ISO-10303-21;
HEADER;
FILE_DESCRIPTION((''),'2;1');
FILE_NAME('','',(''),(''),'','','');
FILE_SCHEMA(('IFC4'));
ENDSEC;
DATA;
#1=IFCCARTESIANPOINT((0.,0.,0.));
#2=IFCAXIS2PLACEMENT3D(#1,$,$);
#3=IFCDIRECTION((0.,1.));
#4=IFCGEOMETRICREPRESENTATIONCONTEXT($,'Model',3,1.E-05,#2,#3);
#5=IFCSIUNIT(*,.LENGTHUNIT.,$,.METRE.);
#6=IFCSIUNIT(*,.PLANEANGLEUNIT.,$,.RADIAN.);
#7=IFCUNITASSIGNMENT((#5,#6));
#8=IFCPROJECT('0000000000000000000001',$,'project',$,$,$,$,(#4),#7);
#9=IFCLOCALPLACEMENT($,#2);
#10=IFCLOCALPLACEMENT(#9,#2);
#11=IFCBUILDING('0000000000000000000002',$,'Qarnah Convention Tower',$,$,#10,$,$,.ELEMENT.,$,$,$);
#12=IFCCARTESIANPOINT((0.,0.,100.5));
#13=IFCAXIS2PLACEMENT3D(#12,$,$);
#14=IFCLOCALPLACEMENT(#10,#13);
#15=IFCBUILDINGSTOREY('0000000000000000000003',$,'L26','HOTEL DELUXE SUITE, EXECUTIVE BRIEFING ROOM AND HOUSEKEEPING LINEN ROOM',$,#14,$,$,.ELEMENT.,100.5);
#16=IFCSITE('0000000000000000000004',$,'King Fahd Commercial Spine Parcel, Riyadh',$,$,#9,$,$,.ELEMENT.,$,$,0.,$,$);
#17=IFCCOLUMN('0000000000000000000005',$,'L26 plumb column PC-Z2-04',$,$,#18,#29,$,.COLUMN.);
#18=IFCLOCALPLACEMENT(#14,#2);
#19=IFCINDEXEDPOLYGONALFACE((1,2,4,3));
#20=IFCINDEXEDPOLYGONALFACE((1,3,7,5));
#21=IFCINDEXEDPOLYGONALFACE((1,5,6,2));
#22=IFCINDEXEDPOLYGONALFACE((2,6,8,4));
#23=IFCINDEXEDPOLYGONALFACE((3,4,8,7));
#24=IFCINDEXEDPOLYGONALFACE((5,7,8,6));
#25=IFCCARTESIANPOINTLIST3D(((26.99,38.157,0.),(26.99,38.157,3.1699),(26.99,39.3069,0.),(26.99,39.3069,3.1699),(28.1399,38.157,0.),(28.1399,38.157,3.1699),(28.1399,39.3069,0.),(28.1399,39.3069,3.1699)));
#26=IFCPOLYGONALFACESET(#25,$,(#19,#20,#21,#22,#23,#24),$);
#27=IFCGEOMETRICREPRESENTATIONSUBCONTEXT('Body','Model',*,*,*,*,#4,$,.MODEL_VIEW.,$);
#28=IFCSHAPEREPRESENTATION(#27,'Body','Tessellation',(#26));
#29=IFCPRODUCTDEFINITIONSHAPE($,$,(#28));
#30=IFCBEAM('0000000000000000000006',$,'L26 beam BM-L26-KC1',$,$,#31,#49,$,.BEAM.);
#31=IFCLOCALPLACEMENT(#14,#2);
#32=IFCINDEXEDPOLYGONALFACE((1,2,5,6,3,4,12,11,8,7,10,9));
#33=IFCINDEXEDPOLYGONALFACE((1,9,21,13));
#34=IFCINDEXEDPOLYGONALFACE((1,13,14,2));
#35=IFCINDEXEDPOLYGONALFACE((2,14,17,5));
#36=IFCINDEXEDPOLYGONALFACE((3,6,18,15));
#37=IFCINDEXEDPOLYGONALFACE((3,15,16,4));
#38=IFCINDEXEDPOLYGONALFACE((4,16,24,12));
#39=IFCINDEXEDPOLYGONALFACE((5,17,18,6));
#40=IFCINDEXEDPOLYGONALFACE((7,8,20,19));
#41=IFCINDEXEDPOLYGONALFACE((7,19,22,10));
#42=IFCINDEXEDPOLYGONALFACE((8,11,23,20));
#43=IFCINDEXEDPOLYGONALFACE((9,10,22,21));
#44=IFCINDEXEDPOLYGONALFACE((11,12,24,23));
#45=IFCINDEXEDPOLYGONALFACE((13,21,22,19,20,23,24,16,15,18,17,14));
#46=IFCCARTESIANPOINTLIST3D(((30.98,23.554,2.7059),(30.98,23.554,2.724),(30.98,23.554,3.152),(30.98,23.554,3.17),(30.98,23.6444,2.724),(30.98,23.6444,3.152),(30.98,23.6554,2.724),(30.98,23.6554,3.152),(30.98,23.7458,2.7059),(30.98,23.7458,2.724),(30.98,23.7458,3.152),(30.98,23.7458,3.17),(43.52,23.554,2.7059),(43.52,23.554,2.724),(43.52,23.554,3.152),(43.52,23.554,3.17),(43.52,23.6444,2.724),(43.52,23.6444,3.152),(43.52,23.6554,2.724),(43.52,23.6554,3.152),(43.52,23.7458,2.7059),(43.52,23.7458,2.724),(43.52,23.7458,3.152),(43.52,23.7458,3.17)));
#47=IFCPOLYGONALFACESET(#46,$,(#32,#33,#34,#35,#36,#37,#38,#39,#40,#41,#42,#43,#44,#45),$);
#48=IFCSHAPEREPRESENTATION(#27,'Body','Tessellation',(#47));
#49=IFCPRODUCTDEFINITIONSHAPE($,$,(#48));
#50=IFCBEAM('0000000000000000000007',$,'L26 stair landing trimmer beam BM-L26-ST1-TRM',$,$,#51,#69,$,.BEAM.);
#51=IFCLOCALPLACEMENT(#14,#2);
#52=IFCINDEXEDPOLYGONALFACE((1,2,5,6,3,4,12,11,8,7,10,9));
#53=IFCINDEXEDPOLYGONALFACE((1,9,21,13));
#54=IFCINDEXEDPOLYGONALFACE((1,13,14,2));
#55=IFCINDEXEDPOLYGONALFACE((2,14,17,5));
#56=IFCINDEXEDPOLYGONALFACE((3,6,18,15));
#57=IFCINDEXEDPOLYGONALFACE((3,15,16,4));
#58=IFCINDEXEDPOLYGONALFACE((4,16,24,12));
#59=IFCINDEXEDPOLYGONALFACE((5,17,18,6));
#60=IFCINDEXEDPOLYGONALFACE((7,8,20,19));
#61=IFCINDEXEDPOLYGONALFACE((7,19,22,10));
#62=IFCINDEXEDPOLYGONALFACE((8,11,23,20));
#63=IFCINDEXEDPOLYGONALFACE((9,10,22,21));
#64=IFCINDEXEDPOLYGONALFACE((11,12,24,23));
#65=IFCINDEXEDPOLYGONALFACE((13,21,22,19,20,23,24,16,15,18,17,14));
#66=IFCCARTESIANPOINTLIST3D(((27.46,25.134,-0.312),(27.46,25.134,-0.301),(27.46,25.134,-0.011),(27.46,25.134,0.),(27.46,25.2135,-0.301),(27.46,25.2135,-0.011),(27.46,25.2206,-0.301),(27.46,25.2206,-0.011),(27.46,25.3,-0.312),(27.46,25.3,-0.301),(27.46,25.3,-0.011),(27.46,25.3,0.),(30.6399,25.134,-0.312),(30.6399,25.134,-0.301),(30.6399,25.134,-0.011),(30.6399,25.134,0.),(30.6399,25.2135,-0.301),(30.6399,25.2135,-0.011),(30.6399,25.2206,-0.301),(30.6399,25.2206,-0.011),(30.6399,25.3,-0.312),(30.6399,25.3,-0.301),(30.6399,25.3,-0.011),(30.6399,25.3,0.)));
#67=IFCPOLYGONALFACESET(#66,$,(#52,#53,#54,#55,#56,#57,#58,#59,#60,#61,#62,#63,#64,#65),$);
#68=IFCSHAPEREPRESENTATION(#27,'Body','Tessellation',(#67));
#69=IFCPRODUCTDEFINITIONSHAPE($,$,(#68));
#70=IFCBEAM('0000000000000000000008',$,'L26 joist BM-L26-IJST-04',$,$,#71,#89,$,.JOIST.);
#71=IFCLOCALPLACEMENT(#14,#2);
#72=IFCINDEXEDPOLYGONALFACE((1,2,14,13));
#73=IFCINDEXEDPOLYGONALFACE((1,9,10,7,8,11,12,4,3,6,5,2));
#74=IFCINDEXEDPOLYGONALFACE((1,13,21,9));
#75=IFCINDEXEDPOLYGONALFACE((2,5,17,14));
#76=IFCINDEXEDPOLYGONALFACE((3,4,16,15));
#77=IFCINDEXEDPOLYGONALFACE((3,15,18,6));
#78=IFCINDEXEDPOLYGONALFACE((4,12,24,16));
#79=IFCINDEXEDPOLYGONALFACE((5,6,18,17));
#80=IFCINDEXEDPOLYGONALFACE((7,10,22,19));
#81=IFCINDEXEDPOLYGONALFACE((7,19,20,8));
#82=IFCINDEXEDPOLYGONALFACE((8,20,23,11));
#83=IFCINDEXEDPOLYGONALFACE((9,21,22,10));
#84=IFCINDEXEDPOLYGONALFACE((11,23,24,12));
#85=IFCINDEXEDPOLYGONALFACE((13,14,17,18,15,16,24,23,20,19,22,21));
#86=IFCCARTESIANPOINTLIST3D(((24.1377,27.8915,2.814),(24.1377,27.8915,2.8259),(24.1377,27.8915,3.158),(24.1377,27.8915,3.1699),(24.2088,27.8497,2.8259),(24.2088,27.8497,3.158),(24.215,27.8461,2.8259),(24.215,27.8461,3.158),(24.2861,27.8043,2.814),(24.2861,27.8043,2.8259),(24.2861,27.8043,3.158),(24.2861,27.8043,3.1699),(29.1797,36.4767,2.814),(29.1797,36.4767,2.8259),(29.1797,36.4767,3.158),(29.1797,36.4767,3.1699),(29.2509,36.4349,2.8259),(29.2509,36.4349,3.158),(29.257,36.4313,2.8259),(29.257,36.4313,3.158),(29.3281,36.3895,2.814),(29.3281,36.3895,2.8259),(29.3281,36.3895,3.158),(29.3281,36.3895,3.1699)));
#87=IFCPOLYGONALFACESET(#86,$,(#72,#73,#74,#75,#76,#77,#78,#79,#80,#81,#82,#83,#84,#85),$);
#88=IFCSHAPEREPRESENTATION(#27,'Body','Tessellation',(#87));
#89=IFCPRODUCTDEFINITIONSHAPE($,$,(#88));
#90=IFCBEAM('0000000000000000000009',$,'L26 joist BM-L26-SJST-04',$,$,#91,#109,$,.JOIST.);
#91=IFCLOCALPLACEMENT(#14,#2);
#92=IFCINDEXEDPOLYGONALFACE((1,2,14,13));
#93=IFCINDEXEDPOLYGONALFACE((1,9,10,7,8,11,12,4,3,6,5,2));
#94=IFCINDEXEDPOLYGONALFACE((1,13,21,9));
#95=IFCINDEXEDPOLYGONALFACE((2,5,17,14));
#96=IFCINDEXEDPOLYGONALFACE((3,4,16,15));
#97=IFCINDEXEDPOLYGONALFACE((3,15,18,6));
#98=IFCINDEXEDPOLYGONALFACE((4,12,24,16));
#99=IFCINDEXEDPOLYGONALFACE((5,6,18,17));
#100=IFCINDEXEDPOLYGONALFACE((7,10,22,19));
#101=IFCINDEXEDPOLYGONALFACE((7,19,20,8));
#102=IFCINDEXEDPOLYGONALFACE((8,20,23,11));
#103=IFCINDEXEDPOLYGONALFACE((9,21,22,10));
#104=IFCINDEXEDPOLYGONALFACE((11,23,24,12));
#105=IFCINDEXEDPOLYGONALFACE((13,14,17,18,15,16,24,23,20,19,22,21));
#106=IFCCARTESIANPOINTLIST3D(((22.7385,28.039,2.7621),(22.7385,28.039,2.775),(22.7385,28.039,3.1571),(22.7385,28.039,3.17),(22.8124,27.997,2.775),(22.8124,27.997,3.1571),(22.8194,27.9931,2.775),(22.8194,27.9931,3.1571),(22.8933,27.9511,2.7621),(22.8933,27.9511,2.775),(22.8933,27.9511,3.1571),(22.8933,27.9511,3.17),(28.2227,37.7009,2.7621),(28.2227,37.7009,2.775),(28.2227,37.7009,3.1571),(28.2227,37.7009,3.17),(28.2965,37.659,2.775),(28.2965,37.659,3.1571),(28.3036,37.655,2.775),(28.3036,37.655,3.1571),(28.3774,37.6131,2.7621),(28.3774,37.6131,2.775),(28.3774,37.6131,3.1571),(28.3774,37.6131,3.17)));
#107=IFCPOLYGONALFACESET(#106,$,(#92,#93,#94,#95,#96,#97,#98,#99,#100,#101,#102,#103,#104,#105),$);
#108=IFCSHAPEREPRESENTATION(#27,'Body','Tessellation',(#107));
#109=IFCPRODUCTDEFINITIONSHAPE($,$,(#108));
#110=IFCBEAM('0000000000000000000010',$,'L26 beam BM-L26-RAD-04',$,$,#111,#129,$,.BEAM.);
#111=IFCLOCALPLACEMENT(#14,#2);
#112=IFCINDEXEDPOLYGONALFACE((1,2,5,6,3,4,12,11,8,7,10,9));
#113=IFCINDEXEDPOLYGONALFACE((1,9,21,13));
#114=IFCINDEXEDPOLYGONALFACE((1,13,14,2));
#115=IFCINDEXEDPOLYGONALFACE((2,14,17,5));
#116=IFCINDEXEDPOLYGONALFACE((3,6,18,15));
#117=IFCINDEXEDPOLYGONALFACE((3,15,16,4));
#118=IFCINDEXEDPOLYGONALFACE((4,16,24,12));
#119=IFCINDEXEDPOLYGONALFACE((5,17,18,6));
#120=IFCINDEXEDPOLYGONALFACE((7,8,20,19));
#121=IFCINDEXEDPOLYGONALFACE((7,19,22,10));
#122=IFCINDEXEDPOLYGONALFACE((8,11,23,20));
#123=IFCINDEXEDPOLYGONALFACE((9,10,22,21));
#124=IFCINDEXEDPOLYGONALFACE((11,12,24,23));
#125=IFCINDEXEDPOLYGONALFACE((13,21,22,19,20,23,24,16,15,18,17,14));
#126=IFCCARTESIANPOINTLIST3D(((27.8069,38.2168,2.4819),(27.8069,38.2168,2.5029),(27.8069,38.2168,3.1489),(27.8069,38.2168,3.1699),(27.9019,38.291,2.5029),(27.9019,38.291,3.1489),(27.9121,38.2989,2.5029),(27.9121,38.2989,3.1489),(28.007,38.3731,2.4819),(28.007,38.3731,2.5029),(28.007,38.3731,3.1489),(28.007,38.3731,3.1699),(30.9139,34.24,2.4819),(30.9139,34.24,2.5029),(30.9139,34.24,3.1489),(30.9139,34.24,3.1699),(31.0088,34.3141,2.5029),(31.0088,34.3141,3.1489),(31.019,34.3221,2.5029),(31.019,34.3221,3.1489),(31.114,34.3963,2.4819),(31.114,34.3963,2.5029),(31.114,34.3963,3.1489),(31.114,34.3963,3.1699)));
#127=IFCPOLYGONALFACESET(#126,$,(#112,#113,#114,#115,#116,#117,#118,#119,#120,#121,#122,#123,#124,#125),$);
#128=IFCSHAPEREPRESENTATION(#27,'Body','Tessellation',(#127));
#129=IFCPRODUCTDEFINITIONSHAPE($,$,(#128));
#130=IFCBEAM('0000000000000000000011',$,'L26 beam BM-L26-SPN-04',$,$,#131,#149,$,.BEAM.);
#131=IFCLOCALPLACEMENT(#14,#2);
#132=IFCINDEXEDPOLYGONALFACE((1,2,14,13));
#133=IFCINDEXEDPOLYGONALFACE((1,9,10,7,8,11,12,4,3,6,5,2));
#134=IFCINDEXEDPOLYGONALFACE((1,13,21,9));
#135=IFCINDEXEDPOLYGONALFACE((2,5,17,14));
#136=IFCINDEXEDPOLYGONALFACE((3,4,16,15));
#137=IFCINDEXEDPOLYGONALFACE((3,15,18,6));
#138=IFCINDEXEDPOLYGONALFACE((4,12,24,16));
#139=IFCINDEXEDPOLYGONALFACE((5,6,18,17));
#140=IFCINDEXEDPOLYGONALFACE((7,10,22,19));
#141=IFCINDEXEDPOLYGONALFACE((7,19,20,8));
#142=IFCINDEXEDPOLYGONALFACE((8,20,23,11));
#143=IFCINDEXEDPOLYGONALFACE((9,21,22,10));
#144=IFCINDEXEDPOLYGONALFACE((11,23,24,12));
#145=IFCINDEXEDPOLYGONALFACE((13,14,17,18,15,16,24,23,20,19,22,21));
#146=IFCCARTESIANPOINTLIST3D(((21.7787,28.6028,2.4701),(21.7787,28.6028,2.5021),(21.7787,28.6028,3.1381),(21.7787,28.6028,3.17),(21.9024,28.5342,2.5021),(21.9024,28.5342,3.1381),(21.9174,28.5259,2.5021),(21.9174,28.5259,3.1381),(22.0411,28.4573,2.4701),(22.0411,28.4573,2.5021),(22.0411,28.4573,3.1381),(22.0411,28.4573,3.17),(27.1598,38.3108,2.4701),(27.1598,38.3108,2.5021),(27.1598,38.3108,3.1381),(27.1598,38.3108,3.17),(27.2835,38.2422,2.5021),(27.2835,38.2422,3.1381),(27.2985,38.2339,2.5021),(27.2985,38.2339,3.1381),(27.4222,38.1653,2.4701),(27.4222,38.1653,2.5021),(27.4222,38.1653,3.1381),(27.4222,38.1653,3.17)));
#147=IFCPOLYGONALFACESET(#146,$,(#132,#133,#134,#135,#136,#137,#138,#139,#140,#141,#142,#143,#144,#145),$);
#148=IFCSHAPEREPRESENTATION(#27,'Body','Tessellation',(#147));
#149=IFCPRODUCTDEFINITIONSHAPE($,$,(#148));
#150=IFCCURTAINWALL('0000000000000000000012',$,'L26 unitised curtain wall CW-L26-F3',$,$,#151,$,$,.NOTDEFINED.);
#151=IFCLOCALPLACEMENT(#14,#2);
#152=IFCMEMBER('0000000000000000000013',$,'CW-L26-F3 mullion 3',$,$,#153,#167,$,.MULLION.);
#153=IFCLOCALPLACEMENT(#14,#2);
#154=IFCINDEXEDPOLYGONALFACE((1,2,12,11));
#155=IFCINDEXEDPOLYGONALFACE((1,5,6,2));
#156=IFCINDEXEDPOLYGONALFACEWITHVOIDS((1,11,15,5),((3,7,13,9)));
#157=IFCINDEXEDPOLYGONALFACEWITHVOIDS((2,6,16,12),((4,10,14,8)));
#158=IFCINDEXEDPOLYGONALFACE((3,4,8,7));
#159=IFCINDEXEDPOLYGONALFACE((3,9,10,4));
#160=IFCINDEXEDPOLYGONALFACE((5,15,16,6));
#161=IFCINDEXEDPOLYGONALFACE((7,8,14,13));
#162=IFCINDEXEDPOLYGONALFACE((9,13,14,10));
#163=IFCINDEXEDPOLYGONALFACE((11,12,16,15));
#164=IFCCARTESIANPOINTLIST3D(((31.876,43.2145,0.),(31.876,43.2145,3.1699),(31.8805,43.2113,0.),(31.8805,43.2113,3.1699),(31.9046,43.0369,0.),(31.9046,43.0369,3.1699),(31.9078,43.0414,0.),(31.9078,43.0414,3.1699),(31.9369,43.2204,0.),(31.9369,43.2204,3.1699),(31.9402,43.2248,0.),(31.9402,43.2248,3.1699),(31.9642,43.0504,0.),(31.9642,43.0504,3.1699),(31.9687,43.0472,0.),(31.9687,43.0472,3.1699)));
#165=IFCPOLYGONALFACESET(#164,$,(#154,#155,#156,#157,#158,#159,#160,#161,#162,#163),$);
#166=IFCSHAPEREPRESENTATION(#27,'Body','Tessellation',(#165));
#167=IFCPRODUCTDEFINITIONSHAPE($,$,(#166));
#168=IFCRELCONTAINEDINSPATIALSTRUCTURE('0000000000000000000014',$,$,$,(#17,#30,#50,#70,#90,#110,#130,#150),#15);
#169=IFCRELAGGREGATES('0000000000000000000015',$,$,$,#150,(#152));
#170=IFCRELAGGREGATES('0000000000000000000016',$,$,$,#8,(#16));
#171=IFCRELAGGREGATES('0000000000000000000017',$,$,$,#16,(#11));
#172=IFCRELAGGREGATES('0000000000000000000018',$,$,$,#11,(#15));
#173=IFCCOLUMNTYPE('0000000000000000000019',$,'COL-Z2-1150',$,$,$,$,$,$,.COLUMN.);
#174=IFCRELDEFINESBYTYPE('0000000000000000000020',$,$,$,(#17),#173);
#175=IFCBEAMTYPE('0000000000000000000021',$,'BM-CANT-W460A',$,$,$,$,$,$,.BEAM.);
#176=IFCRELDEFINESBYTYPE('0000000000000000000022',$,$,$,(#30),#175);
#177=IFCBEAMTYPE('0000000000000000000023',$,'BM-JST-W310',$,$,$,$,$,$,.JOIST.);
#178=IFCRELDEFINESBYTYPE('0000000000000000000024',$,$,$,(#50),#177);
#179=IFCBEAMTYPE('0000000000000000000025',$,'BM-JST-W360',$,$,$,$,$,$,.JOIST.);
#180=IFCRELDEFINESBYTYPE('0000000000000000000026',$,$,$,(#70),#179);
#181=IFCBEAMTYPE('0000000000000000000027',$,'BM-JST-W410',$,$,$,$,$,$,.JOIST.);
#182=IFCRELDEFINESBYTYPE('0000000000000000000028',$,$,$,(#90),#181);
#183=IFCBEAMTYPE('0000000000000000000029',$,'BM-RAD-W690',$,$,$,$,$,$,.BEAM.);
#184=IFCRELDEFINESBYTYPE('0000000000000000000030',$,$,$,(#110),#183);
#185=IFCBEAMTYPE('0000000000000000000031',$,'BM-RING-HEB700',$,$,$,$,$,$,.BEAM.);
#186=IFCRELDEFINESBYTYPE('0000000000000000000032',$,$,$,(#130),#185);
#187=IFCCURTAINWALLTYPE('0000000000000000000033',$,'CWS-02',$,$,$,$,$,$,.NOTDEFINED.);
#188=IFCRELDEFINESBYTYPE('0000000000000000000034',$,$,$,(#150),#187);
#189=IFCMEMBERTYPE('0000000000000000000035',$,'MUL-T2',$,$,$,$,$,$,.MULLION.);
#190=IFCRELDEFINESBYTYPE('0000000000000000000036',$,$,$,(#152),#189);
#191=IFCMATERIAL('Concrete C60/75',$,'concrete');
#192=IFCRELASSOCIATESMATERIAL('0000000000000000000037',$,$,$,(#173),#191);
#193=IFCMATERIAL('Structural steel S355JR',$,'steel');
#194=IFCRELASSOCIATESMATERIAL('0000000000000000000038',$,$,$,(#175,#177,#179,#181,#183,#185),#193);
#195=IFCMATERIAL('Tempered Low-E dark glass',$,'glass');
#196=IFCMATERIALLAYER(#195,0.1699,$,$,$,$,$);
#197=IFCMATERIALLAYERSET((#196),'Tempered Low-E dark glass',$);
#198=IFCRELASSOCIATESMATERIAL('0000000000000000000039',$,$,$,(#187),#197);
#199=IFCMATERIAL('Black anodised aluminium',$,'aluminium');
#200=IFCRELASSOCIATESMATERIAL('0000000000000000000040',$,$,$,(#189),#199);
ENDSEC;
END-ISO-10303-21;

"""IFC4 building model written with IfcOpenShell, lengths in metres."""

from ifc_helpers import new_model, si_unit, direction, frame, origin, origin_2d, place, context, subcontext, project, spatial, rectangle, hollow_rectangle, i_section, extrude, material, layer, layer_set, material_profile, profile_set, type_object, element, aggregate, save


model = new_model("IFC4")

# Units and contexts
model_context = context("Model", 3, precision=1e-05, world=origin(), true_north=direction((0.0, 1.0)))
body_context = subcontext(model_context, "Body", "Model", "MODEL_VIEW")
ifc_project = project(units=[si_unit("LENGTHUNIT", "METRE"), si_unit("PLANEANGLEUNIT", "RADIAN")], contexts=[model_context])

# Site, building, storey
site_placement = place(None, origin())
site = spatial("IfcSite", under=ifc_project, at=site_placement, Name="King Fahd Commercial Spine Parcel, Riyadh", CompositionType="ELEMENT", RefElevation=0.0)
building_placement = place(site_placement, origin())
building = spatial("IfcBuilding", under=site, at=building_placement, Name="Qarnah Convention Tower", CompositionType="ELEMENT")
storey_placement = place(building_placement, frame((0.0, 0.0, 100.5)))
storey = spatial("IfcBuildingStorey", under=building, at=storey_placement, Name="L26", Description="HOTEL DELUXE SUITE, EXECUTIVE BRIEFING ROOM AND HOUSEKEEPING LINEN ROOM", CompositionType="ELEMENT", Elevation=100.5)

# Column
ifc_material_1 = material(Name="Concrete C60/75", Category="concrete")
ifc_material_profile_1 = material_profile(ifc_material_1, rectangle(XDim=1.1499, YDim=1.1499, at=origin_2d()), Name="RC-COL-1150X1150")
ifc_profile_set_1 = profile_set([ifc_material_profile_1], Name="Concrete C60/75")
column_type = type_object("IfcColumnType", Name="COL-Z2-1150", PredefinedType="COLUMN", material=ifc_profile_set_1)
column_placement = place(storey_placement, frame((27.5649, 38.7319, 0.0), z_axis=(0.0, 0.0, 1.0), x_axis=(1.0, 0.0, 0.0)))
element("IfcColumn", 1, at=column_placement, inside=storey, type_object=column_type, Name="L26 plumb column PC-Z2-04", PredefinedType="COLUMN", context=body_context, shape_type="SweptSolid", body=[
    extrude(rectangle(XDim=1.1499, YDim=1.1499, at=origin_2d()), origin(), (0.0, 0.0, 1.0), 3.1699),
])

# Beams
ifc_material_2 = material(Name="Structural steel S355JR", Category="steel")
ifc_material_profile_2 = material_profile(ifc_material_2, i_section(OverallWidth=0.1919, OverallDepth=0.4641, WebThickness=0.011, FlangeThickness=0.0181, at=origin_2d()), Name="W460X89")
ifc_profile_set_2 = profile_set([ifc_material_profile_2], Name="Structural steel S355JR")
beam_type_1 = type_object("IfcBeamType", Name="BM-CANT-W460A", PredefinedType="BEAM", material=ifc_profile_set_2)
beam_1_placement = place(storey_placement, frame((30.98, 23.6499, 2.938), z_axis=(1.0, 0.0, 0.0), x_axis=(0.0, 1.0, 0.0)))
element("IfcBeam", 2, at=beam_1_placement, inside=storey, type_object=beam_type_1, Name="L26 beam BM-L26-KC1", PredefinedType="BEAM", context=body_context, shape_type="SweptSolid", body=[
    extrude(i_section(OverallWidth=0.1919, OverallDepth=0.4641, WebThickness=0.011, FlangeThickness=0.0181, at=origin_2d()), origin(), (0.0, 0.0, 1.0), 12.54),
])
ifc_material_profile_3 = material_profile(ifc_material_2, i_section(OverallWidth=0.166, OverallDepth=0.312, WebThickness=0.0071, FlangeThickness=0.011, at=origin_2d()), Name="W310X45")
ifc_profile_set_3 = profile_set([ifc_material_profile_3], Name="Structural steel S355JR")
beam_type_2 = type_object("IfcBeamType", Name="BM-JST-W310", PredefinedType="JOIST", material=ifc_profile_set_3)
beam_2_placement = place(storey_placement, frame((27.46, 25.217, -0.156), z_axis=(1.0, 0.0, 0.0), x_axis=(0.0, 1.0, 0.0)))
element("IfcBeam", 3, at=beam_2_placement, inside=storey, type_object=beam_type_2, Name="L26 stair landing trimmer beam BM-L26-ST1-TRM", PredefinedType="BEAM", context=body_context, shape_type="SweptSolid", body=[
    extrude(i_section(OverallWidth=0.166, OverallDepth=0.312, WebThickness=0.0071, FlangeThickness=0.011, at=origin_2d()), origin(), (0.0, 0.0, 1.0), 3.1799),
])
ifc_material_profile_4 = material_profile(ifc_material_2, i_section(OverallWidth=0.1721, OverallDepth=0.356, WebThickness=0.0071, FlangeThickness=0.012, at=origin_2d()), Name="W360X51")
ifc_profile_set_4 = profile_set([ifc_material_profile_4], Name="Structural steel S355JR")
beam_type_3 = type_object("IfcBeamType", Name="BM-JST-W360", PredefinedType="JOIST", material=ifc_profile_set_4)
beam_3_placement = place(storey_placement, frame((29.2539, 36.4331, 2.9919), z_axis=(-0.506413, -0.862291, 0.0), x_axis=(0.862291, -0.506413, 0.0)))
element("IfcBeam", 4, at=beam_3_placement, inside=storey, type_object=beam_type_3, Name="L26 joist BM-L26-IJST-04", PredefinedType="JOIST", context=body_context, shape_type="SweptSolid", body=[
    extrude(i_section(OverallWidth=0.1721, OverallDepth=0.356, WebThickness=0.0071, FlangeThickness=0.012, at=origin_2d()), origin(), (0.0, 0.0, 1.0), 9.9563),
])
ifc_material_profile_5 = material_profile(ifc_material_2, i_section(OverallWidth=0.178, OverallDepth=0.408, WebThickness=0.0081, FlangeThickness=0.0129, at=origin_2d()), Name="W410X60")
ifc_profile_set_5 = profile_set([ifc_material_profile_5], Name="Structural steel S355JR")
beam_type_4 = type_object("IfcBeamType", Name="BM-JST-W410", PredefinedType="JOIST", material=ifc_profile_set_5)
beam_4_placement = place(storey_placement, frame((28.3, 37.657, 2.9661), z_axis=(-0.493631, -0.869672, 0.0), x_axis=(0.869672, -0.493631, 0.0)))
element("IfcBeam", 5, at=beam_4_placement, inside=storey, type_object=beam_type_4, Name="L26 joist BM-L26-SJST-04", PredefinedType="JOIST", context=body_context, shape_type="SweptSolid", body=[
    extrude(i_section(OverallWidth=0.178, OverallDepth=0.408, WebThickness=0.0081, FlangeThickness=0.0129, at=origin_2d()), origin(), (0.0, 0.0, 1.0), 11.1099),
])
ifc_material_profile_6 = material_profile(ifc_material_2, i_section(OverallWidth=0.2539, OverallDepth=0.688, WebThickness=0.0129, FlangeThickness=0.021, at=origin_2d()), Name="W690X152")
ifc_profile_set_6 = profile_set([ifc_material_profile_6], Name="Structural steel S355JR")
beam_type_5 = type_object("IfcBeamType", Name="BM-RAD-W690", PredefinedType="BEAM", material=ifc_profile_set_6)
beam_5_placement = place(storey_placement, frame((31.0139, 34.3181, 2.8259), z_axis=(-0.615651, 0.788019, 0.0), x_axis=(-0.788019, -0.615651, 0.0)))
element("IfcBeam", 6, at=beam_5_placement, inside=storey, type_object=beam_type_5, Name="L26 beam BM-L26-RAD-04", PredefinedType="BEAM", context=body_context, shape_type="SweptSolid", body=[
    extrude(i_section(OverallWidth=0.2539, OverallDepth=0.688, WebThickness=0.0129, FlangeThickness=0.021, at=origin_2d()), origin(), (0.0, 0.0, 1.0), 5.0466),
])
ifc_material_profile_7 = material_profile(ifc_material_2, i_section(OverallWidth=0.3, OverallDepth=0.7, WebThickness=0.0171, FlangeThickness=0.032, at=origin_2d()), Name="HEB700")
ifc_profile_set_7 = profile_set([ifc_material_profile_7], Name="Structural steel S355JR")
beam_type_6 = type_object("IfcBeamType", Name="BM-RING-HEB700", PredefinedType="BEAM", material=ifc_profile_set_7)
beam_6_placement = place(storey_placement, frame((27.291, 38.238, 2.8201), z_axis=(-0.4848, -0.874625, 0.0), x_axis=(0.874625, -0.4848, 0.0)))
element("IfcBeam", 7, at=beam_6_placement, inside=storey, type_object=beam_type_6, Name="L26 beam BM-L26-SPN-04", PredefinedType="BEAM", context=body_context, shape_type="SweptSolid", body=[
    extrude(i_section(OverallWidth=0.3, OverallDepth=0.7, WebThickness=0.0171, FlangeThickness=0.032, at=origin_2d()), origin(), (0.0, 0.0, 1.0), 11.0996),
])

# Curtain wall, member
ifc_material_3 = material(Name="Tempered Low-E dark glass", Category="glass")
ifc_layer_1 = layer(ifc_material_3, 0.1699)
ifc_layer_set_1 = layer_set([ifc_layer_1], Name="Tempered Low-E dark glass")
curtain_wall_type = type_object("IfcCurtainWallType", Name="CWS-02", PredefinedType="NOTDEFINED", material=ifc_layer_set_1)
curtain_wall_placement = place(storey_placement, origin())
curtain_wall = element("IfcCurtainWall", 8, at=curtain_wall_placement, inside=storey, type_object=curtain_wall_type, Name="L26 unitised curtain wall CW-L26-F3", PredefinedType="NOTDEFINED")
ifc_material_4 = material(Name="Black anodised aluminium", Category="aluminium")
ifc_material_profile_8 = material_profile(ifc_material_4, hollow_rectangle(XDim=0.0649, YDim=0.1799, WallThickness=0.0039, at=origin_2d()), Name="MUL-65X180")
ifc_profile_set_8 = profile_set([ifc_material_profile_8], Name="Black anodised aluminium")
member_type = type_object("IfcMemberType", Name="MUL-T2", PredefinedType="MULLION", material=ifc_profile_set_8)
member_placement = place(storey_placement, frame((31.9224, 43.1309, 0.0), z_axis=(0.0, 0.0, 1.0), x_axis=(0.987357, 0.158511, 0.0)))
member = element("IfcMember", 9, at=member_placement, type_object=member_type, Name="CW-L26-F3 mullion 3", PredefinedType="MULLION", context=body_context, shape_type="SweptSolid", body=[
    extrude(hollow_rectangle(XDim=0.0649, YDim=0.1799, WallThickness=0.0039, at=origin_2d()), origin(), (0.0, 0.0, 1.0), 3.1699),
])
aggregate(curtain_wall, [member])

save(model, "model.ifc")
